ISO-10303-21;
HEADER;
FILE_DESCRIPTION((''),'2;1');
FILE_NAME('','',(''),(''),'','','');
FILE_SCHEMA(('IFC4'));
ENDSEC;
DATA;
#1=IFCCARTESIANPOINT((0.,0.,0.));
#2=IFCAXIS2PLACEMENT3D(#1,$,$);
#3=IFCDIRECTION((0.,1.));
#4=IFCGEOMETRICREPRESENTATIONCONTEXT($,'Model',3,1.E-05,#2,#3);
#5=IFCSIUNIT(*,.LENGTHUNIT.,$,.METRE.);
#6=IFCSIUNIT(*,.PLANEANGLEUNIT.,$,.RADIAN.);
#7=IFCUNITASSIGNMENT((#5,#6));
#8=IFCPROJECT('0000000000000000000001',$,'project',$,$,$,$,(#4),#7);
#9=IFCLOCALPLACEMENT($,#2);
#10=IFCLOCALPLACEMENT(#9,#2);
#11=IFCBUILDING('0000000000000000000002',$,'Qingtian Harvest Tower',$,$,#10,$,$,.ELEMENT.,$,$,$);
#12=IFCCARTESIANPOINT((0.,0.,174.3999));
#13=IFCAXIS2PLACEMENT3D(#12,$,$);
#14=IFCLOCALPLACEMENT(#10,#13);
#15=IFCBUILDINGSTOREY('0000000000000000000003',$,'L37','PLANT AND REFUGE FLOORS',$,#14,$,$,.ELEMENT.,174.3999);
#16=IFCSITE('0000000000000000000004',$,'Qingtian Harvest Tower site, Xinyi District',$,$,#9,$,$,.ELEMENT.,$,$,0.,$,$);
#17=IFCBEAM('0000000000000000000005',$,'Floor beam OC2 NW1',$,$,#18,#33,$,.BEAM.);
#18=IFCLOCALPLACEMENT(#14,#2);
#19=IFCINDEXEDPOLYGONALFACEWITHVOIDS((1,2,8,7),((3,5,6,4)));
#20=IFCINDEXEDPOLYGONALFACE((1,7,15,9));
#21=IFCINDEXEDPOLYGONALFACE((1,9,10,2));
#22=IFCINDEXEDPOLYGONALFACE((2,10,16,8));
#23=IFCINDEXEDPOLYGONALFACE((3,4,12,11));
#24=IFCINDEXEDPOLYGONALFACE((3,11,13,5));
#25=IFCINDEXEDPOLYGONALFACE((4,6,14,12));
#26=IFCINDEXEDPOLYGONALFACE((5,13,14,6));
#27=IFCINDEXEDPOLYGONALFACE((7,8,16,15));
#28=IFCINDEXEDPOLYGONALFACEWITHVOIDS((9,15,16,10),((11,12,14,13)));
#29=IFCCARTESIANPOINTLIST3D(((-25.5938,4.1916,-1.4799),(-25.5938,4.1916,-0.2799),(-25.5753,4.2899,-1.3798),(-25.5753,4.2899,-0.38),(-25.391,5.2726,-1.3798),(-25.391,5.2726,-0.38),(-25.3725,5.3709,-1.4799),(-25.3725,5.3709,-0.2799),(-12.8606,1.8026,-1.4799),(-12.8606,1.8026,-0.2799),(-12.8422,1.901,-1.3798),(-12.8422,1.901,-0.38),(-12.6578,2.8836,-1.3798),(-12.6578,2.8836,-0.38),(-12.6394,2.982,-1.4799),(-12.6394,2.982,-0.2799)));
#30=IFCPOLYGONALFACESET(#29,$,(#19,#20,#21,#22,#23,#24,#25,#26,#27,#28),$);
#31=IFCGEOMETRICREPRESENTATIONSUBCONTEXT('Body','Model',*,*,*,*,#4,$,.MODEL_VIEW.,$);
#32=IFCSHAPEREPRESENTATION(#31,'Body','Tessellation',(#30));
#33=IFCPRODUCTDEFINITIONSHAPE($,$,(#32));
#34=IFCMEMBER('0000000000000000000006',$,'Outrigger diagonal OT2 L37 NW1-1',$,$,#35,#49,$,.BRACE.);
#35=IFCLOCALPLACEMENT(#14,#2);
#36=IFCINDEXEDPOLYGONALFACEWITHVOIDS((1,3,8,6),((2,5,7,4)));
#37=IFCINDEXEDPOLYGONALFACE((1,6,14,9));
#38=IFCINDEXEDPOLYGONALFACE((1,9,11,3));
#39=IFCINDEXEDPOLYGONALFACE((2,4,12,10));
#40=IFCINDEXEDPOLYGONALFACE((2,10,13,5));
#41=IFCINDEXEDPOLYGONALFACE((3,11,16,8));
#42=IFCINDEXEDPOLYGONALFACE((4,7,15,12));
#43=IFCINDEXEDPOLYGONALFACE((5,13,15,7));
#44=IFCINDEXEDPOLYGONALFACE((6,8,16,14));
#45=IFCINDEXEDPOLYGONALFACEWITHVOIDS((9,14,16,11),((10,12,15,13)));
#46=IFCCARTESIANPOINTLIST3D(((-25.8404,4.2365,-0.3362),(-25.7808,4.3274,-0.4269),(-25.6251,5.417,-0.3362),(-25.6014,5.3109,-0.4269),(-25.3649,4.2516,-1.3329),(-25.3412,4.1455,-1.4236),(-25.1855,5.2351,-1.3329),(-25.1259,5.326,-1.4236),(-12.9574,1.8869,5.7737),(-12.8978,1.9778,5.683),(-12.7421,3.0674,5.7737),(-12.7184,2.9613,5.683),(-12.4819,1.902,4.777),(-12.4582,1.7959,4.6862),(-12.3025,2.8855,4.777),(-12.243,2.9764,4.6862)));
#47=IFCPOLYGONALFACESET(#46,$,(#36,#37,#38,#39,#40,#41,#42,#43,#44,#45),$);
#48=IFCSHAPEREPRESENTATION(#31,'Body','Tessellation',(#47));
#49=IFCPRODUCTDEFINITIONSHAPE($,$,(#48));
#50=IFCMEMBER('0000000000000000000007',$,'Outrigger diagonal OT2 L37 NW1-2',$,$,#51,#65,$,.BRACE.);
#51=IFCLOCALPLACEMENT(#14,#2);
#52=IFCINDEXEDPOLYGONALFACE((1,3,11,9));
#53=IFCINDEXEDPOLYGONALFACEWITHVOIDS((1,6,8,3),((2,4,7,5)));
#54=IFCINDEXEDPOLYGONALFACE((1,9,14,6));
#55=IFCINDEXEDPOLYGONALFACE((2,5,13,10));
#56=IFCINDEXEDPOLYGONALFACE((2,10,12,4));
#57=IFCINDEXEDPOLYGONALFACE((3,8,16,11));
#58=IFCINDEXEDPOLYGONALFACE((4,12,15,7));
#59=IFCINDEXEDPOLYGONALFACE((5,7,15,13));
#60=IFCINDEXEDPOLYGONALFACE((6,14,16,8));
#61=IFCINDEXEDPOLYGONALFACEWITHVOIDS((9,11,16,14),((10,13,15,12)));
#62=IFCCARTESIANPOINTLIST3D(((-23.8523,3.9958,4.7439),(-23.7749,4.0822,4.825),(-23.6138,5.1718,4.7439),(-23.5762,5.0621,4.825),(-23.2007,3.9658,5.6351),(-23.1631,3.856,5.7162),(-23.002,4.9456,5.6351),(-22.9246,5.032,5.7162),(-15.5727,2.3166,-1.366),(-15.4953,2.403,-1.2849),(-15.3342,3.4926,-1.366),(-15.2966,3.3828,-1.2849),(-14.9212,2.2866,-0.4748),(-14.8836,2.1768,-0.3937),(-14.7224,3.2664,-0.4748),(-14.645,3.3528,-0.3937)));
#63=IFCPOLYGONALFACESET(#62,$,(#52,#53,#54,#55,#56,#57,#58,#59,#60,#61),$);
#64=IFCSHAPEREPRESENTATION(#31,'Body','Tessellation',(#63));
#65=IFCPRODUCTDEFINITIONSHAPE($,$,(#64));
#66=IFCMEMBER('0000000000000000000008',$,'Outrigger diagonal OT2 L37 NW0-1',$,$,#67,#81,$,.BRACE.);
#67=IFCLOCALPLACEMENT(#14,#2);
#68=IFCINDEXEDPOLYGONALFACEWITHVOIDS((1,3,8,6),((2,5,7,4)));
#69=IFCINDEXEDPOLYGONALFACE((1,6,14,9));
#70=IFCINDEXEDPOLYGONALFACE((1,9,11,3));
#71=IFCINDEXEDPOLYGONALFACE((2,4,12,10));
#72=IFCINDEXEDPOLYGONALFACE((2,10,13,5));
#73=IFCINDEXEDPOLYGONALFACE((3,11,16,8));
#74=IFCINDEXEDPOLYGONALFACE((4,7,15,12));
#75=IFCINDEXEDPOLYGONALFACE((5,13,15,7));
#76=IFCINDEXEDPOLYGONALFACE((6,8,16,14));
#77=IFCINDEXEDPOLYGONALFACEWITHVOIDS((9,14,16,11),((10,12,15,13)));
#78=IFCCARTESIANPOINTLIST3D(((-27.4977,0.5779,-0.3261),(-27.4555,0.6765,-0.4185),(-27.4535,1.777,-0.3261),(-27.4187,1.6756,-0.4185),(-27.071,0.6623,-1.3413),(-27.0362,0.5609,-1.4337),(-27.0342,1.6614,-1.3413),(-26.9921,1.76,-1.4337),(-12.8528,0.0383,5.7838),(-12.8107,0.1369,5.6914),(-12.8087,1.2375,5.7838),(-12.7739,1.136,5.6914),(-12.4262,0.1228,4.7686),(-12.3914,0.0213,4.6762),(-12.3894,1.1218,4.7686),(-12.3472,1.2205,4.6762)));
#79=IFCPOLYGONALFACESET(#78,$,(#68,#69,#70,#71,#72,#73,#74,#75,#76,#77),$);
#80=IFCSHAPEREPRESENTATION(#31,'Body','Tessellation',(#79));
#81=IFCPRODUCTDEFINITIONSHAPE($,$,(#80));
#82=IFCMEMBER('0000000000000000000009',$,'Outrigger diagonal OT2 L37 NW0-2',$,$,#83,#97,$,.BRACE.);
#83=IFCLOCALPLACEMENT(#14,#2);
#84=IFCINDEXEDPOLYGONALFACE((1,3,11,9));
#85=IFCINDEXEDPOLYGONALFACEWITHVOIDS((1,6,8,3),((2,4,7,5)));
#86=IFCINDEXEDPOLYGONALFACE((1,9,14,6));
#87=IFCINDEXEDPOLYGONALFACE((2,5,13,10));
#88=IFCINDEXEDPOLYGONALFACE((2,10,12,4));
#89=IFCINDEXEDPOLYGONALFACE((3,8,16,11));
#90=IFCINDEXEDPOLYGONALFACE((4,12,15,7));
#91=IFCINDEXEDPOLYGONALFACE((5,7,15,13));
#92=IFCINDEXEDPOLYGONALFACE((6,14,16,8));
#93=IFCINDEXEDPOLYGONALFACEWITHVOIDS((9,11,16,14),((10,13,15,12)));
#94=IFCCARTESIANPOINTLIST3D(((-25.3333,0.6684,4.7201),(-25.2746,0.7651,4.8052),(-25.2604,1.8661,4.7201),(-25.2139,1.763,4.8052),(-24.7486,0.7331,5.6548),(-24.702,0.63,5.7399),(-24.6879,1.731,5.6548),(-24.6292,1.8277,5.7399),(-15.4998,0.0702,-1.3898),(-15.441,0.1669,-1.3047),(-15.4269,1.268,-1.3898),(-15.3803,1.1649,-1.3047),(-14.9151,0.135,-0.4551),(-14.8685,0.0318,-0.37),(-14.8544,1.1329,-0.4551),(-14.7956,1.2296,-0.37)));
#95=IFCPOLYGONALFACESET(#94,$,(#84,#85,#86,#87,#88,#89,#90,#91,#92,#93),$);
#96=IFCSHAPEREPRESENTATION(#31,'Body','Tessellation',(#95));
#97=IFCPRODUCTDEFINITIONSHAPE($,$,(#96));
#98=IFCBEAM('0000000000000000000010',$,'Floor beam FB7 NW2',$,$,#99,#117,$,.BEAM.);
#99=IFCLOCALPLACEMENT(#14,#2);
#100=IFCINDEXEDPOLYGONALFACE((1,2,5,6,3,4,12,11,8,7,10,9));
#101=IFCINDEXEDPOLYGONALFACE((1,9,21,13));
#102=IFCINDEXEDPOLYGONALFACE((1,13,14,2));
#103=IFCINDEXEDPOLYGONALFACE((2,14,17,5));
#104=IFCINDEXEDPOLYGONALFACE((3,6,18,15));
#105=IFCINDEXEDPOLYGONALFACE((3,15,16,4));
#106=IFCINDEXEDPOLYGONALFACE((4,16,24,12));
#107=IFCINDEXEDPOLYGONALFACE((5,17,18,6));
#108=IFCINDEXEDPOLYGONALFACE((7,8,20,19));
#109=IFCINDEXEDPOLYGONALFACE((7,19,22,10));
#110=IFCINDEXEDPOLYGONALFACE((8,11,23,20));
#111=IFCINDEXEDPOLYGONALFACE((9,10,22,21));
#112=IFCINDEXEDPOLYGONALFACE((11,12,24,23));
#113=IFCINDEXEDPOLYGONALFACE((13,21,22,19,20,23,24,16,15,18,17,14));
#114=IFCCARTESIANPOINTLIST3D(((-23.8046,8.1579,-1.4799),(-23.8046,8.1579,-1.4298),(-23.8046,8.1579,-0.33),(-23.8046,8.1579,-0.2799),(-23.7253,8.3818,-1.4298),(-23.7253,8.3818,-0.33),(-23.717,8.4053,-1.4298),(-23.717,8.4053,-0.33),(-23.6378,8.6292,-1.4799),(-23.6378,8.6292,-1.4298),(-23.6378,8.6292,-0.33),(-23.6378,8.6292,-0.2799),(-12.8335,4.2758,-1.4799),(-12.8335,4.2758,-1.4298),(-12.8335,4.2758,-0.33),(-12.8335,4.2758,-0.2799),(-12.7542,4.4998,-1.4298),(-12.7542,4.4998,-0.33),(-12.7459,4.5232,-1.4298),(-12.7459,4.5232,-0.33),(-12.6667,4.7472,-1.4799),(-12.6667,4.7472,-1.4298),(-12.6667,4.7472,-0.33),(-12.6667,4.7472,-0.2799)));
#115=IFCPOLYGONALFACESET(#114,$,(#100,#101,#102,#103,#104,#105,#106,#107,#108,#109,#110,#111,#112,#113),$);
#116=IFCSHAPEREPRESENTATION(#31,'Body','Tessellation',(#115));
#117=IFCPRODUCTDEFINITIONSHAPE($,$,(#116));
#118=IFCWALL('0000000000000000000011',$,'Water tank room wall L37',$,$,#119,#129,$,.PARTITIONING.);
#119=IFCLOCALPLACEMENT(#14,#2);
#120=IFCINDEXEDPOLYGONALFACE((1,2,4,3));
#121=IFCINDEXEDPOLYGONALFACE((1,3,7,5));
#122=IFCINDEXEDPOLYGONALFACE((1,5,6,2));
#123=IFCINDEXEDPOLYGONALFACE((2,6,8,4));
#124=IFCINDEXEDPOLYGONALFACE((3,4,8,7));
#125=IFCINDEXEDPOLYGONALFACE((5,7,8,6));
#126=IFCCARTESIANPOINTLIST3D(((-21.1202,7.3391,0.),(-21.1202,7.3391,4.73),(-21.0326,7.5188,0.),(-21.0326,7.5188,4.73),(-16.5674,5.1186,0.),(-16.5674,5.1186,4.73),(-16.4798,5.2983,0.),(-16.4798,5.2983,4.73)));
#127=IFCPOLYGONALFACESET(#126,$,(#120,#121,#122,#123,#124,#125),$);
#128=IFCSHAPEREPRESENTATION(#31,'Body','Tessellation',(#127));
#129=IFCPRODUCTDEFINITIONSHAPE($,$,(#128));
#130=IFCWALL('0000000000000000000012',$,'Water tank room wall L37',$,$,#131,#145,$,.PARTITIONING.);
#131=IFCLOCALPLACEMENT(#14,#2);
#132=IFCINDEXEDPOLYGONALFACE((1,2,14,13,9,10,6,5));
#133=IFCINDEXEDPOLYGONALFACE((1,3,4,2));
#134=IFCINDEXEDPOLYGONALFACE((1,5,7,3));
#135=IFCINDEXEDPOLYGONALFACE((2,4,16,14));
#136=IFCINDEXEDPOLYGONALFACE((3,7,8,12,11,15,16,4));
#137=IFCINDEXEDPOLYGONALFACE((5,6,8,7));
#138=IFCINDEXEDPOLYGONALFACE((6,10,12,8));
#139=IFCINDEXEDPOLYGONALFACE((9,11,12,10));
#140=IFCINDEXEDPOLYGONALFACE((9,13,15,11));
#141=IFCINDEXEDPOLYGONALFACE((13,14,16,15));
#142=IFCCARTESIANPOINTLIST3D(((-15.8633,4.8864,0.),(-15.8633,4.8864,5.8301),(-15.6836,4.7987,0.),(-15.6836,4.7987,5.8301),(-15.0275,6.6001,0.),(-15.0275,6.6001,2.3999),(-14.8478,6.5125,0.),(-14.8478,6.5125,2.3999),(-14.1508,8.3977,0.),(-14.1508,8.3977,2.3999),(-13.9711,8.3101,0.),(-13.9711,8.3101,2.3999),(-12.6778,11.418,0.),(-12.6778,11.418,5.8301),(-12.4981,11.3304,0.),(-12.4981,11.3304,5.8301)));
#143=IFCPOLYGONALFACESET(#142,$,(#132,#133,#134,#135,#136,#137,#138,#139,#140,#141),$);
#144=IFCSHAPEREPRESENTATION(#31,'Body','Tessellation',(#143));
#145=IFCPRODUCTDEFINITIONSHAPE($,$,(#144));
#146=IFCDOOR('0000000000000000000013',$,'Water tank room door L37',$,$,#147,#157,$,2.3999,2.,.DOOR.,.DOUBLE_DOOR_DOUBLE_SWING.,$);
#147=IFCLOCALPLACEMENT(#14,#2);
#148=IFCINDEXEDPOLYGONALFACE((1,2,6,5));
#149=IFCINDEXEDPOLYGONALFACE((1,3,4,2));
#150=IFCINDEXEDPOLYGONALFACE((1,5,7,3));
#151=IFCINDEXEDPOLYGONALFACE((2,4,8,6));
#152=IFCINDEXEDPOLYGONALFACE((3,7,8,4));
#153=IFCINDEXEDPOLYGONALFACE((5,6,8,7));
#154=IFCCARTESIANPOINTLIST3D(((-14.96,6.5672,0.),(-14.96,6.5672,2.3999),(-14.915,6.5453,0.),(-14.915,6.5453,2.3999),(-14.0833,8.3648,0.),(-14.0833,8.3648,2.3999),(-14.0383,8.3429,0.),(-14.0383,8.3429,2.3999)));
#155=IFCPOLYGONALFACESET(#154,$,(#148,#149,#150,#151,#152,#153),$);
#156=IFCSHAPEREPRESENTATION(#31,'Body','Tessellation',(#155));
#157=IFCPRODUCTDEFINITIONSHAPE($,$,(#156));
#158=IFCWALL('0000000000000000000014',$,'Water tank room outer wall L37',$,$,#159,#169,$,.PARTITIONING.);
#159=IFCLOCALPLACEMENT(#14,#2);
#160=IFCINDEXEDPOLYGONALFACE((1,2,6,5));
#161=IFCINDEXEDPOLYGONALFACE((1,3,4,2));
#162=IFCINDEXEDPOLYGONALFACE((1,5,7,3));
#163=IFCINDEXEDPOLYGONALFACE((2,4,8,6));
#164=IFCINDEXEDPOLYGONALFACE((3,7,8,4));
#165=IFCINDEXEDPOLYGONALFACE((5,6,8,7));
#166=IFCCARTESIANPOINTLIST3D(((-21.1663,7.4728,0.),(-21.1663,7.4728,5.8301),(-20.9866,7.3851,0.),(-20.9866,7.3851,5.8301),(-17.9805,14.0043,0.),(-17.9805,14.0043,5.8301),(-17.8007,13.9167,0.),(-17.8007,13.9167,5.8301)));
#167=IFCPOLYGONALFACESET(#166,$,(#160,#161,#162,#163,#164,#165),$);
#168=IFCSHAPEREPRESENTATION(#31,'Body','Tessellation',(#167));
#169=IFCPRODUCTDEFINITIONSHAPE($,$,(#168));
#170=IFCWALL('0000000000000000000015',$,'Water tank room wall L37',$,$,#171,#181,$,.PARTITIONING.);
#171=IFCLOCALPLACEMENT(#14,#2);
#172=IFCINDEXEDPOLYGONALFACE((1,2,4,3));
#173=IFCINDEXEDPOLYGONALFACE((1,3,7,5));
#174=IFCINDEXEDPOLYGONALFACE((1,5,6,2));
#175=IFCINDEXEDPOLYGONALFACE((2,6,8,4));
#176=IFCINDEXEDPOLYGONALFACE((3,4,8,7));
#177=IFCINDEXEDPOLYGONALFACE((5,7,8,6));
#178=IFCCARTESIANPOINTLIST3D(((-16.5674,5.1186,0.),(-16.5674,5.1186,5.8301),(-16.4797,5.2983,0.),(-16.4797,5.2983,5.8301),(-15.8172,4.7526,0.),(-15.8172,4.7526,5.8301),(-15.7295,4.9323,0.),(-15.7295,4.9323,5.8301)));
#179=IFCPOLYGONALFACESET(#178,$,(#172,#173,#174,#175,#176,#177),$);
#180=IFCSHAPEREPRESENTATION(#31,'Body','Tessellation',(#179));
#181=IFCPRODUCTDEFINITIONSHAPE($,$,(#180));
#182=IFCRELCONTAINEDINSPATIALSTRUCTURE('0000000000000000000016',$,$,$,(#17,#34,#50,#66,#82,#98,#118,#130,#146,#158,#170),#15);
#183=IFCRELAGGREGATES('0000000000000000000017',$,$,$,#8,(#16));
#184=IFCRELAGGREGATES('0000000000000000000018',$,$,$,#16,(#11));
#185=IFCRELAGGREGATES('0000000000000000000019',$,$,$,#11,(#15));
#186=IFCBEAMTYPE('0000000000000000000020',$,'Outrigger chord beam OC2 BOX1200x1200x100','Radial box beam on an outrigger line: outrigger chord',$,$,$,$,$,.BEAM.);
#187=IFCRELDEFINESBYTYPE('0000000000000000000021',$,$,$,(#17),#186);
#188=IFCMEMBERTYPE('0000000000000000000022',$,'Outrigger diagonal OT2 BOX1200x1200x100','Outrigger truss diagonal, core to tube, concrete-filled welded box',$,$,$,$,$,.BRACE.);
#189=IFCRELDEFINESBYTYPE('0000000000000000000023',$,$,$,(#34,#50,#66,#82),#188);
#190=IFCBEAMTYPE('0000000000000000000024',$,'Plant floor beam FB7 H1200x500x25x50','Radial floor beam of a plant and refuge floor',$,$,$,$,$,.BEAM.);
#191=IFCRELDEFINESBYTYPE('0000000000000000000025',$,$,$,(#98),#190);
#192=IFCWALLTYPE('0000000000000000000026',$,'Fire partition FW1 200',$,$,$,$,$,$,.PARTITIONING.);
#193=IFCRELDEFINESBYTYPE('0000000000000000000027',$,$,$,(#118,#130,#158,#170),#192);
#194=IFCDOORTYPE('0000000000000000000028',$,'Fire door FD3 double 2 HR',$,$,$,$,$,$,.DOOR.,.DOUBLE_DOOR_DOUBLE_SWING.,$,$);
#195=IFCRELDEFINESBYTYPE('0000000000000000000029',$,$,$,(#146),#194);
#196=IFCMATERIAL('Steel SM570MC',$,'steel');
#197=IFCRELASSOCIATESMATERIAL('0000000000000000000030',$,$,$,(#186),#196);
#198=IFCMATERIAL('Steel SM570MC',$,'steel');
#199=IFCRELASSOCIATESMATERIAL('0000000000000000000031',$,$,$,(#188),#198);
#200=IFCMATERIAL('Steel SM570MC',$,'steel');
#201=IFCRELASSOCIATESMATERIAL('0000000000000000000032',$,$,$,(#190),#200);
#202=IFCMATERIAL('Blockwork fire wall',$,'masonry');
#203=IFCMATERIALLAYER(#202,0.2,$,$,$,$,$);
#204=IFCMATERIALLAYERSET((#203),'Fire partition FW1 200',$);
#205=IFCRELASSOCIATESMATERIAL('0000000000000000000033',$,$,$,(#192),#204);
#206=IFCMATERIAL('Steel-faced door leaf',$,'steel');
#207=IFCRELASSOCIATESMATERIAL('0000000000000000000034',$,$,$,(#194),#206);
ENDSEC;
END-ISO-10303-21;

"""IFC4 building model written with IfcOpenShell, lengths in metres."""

from ifc_helpers import new_model, si_unit, direction, frame, frame_2d, origin, origin_2d, place, context, subcontext, project, spatial, rectangle, hollow_rectangle, i_section, extrude, material, layer, layer_set, material_profile, profile_set, type_object, element, fill, save


model = new_model("IFC4")

# Units and contexts
model_context = context("Model", 3, precision=1e-05, world=origin(), true_north=direction((0.0, 1.0)))
body_context = subcontext(model_context, "Body", "Model", "MODEL_VIEW")
ifc_project = project(units=[si_unit("LENGTHUNIT", "METRE"), si_unit("PLANEANGLEUNIT", "RADIAN")], contexts=[model_context])

# Site, building, storey
site_placement = place(None, origin())
site = spatial("IfcSite", under=ifc_project, at=site_placement, Name="Qingtian Harvest Tower site, Xinyi District", CompositionType="ELEMENT", RefElevation=0.0)
building_placement = place(site_placement, origin())
building = spatial("IfcBuilding", under=site, at=building_placement, Name="Qingtian Harvest Tower", CompositionType="ELEMENT")
storey_placement = place(building_placement, frame((0.0, 0.0, 174.3999)))
storey = spatial("IfcBuildingStorey", under=building, at=storey_placement, Name="L37", Description="PLANT AND REFUGE FLOORS", CompositionType="ELEMENT", Elevation=174.3999)

# Beam
ifc_material_1 = material(Name="Steel SM570MC", Category="steel")
ifc_material_profile_1 = material_profile(ifc_material_1, hollow_rectangle(XDim=1.2, YDim=1.2, WallThickness=0.1001, at=origin_2d()), Name="BOX1200x1200x100")
ifc_profile_set_1 = profile_set([ifc_material_profile_1], Name="Steel SM570MC")
beam_type_1 = type_object("IfcBeamType", Name="Outrigger chord beam OC2 BOX1200x1200x100", Description="Radial box beam on an outrigger line: outrigger chord", PredefinedType="BEAM", material=ifc_profile_set_1)
beam_1_placement = place(storey_placement, frame((-25.4832, 4.7812, -0.8799), z_axis=(0.982852, -0.184397, 0.0), x_axis=(0.184397, 0.982852, 0.0)))
element("IfcBeam", 1, at=beam_1_placement, inside=storey, type_object=beam_type_1, Name="Floor beam OC2 NW1", PredefinedType="BEAM", context=body_context, shape_type="SweptSolid", body=[
    extrude(hollow_rectangle(XDim=1.2, YDim=1.2, WallThickness=0.1001, at=origin_2d()), origin(), (0.0, 0.0, 1.0), 12.9553),
])

# Members
ifc_material_2 = material(Name="Steel SM570MC", Category="steel")
ifc_material_profile_2 = material_profile(ifc_material_2, hollow_rectangle(XDim=1.2, YDim=1.2, WallThickness=0.1001, at=origin_2d()), Name="BOX1200x1200x100")
ifc_profile_set_2 = profile_set([ifc_material_profile_2], Name="Steel SM570MC")
member_type_1 = type_object("IfcMemberType", Name="Outrigger diagonal OT2 BOX1200x1200x100", Description="Outrigger truss diagonal, core to tube, concrete-filled welded box", PredefinedType="BRACE", material=ifc_profile_set_2)
member_1_placement = place(storey_placement, frame((-25.4832, 4.7812, -0.8799), z_axis=(0.891515, -0.162594, 0.422806), x_axis=(0.17942, 0.983773, 0.0)))
element("IfcMember", 2, at=member_1_placement, inside=storey, type_object=member_type_1, Name="Outrigger diagonal OT2 L37 NW1-1", PredefinedType="BRACE", context=body_context, shape_type="SweptSolid", body=[
    extrude(hollow_rectangle(XDim=1.2, YDim=1.2, WallThickness=0.1001, at=origin_2d()), origin(), (0.0, 0.0, 1.0), 14.4507),
])
member_2_placement = place(storey_placement, frame((-15.1089, 2.8347, -0.8799), z_axis=(-0.794126, 0.161059, 0.586023), x_axis=(-0.198766, -0.980047, 0.0)))
element("IfcMember", 3, at=member_2_placement, inside=storey, type_object=member_type_1, Name="Outrigger diagonal OT2 L37 NW1-2", PredefinedType="BRACE", context=body_context, shape_type="SweptSolid", body=[
    extrude(hollow_rectangle(XDim=1.2, YDim=1.2, WallThickness=0.1001, at=origin_2d()), origin(), (0.0, 0.0, 1.0), 10.426),
])
member_3_placement = place(storey_placement, frame((-27.2449, 1.1689, -0.8799), z_axis=(0.922368, -0.033982, 0.384816), x_axis=(0.036818, 0.999322, 0.0)))
element("IfcMember", 4, at=member_3_placement, inside=storey, type_object=member_type_1, Name="Outrigger diagonal OT2 L37 NW0-1", PredefinedType="BRACE", context=body_context, shape_type="SweptSolid", body=[
    extrude(hollow_rectangle(XDim=1.2, YDim=1.2, WallThickness=0.1001, at=origin_2d()), origin(), (0.0, 0.0, 1.0), 15.8774),
])
member_4_placement = place(storey_placement, frame((-15.1477, 0.6499, -0.8799), z_axis=(-0.848264, 0.051598, 0.527054), x_axis=(-0.060715, -0.998155, 0.0)))
element("IfcMember", 5, at=member_4_placement, inside=storey, type_object=member_type_1, Name="Outrigger diagonal OT2 L37 NW0-2", PredefinedType="BRACE", context=body_context, shape_type="SweptSolid", body=[
    extrude(hollow_rectangle(XDim=1.2, YDim=1.2, WallThickness=0.1001, at=origin_2d()), origin(), (0.0, 0.0, 1.0), 11.5925),
])

# Beam
ifc_material_3 = material(Name="Steel SM570MC", Category="steel")
ifc_material_profile_3 = material_profile(ifc_material_3, i_section(OverallWidth=0.5, OverallDepth=1.2, WebThickness=0.0249, FlangeThickness=0.05, at=origin_2d()), Name="H1200x500x25x50")
ifc_profile_set_3 = profile_set([ifc_material_profile_3], Name="Steel SM570MC")
beam_type_2 = type_object("IfcBeamType", Name="Plant floor beam FB7 H1200x500x25x50", Description="Radial floor beam of a plant and refuge floor", PredefinedType="BEAM", material=ifc_profile_set_3)
beam_2_placement = place(storey_placement, frame((-23.7212, 8.3936, -0.8799), z_axis=(0.942723, -0.333576, 0.0), x_axis=(0.333576, 0.942723, 0.0)))
element("IfcBeam", 6, at=beam_2_placement, inside=storey, type_object=beam_type_2, Name="Floor beam FB7 NW2", PredefinedType="BEAM", context=body_context, shape_type="SweptSolid", body=[
    extrude(i_section(OverallWidth=0.5, OverallDepth=1.2, WebThickness=0.0249, FlangeThickness=0.05, at=origin_2d()), origin(), (0.0, 0.0, 1.0), 11.6377),
])

# Wall
ifc_material_4 = material(Name="Blockwork fire wall", Category="masonry")
ifc_layer_1 = layer(ifc_material_4, 0.2)
ifc_layer_set_1 = layer_set([ifc_layer_1], Name="Fire partition FW1 200")
wall_type = type_object("IfcWallType", Name="Fire partition FW1 200", PredefinedType="PARTITIONING", material=ifc_layer_set_1)
wall_1_placement = place(storey_placement, frame((-21.0764, 7.429, 0.0), z_axis=(0.0, 0.0, 1.0), x_axis=(0.898799, -0.438362, 0.0)))
element("IfcWall", 7, at=wall_1_placement, inside=storey, type_object=wall_type, Name="Water tank room wall L37", PredefinedType="PARTITIONING", context=body_context, shape_type="SweptSolid", body=[
    extrude(rectangle(XDim=5.0654, YDim=0.2, at=frame_2d((2.5327, 0.0))), origin(), (0.0, 0.0, 1.0), 4.73),
])

# Wall, opening, door
wall_2_placement = place(storey_placement, frame((-15.7734, 4.8425, 0.0), z_axis=(0.0, 0.0, 1.0), x_axis=(0.438349, 0.898805, 0.0)))
wall_2 = element("IfcWall", 8, at=wall_2_placement, inside=storey, type_object=wall_type, Name="Water tank room wall L37", PredefinedType="PARTITIONING", context=body_context, shape_type="SweptSolid", body=[
    extrude(rectangle(XDim=7.2671, YDim=0.2, at=frame_2d((3.6335, 0.0))), origin(), (0.0, 0.0, 1.0), 5.8301),
])
opening_placement = place(wall_2_placement, frame((1.9067, 0.0, 0.0)))
opening = element("IfcOpeningElement", 9, at=opening_placement, cuts=wall_2, PredefinedType="OPENING", context=body_context, shape_type="SweptSolid", body=[
    extrude(rectangle(XDim=2.0, YDim=2.3999, at=frame_2d((1.0, 1.2))), frame((0.0, 0.1099, 0.0), z_axis=(0.0, -1.0, 0.0), x_axis=(1.0, 0.0, 0.0)), (0.0, 0.0, 1.0), 0.22),
])
ifc_material_5 = material(Name="Steel-faced door leaf", Category="steel")
door_type = type_object("IfcDoorType", Name="Fire door FD3 double 2 HR", OperationType="DOUBLE_DOOR_DOUBLE_SWING", PredefinedType="DOOR", material=ifc_material_5)
door_placement = place(opening_placement, origin())
door = element("IfcDoor", 10, at=door_placement, inside=storey, type_object=door_type, Name="Water tank room door L37", OperationType="DOUBLE_DOOR_DOUBLE_SWING", OverallHeight=2.3999, OverallWidth=2.0, PredefinedType="DOOR", context=body_context, shape_type="SweptSolid", body=[
    extrude(rectangle(XDim=2.0, YDim=2.3999, at=frame_2d((1.0, 1.2))), frame((0.0, 0.0249, 0.0), z_axis=(0.0, -1.0, 0.0), x_axis=(1.0, 0.0, 0.0)), (0.0, 0.0, 1.0), 0.05),
])
fill(opening, door)

# Walls
wall_3_placement = place(storey_placement, frame((-21.0764, 7.429, 0.0), z_axis=(0.0, 0.0, 1.0), x_axis=(0.43839, 0.898785, 0.0)))
element("IfcWall", 11, at=wall_3_placement, inside=storey, type_object=wall_type, Name="Water tank room outer wall L37", PredefinedType="PARTITIONING", context=body_context, shape_type="SweptSolid", body=[
    extrude(rectangle(XDim=7.2671, YDim=0.2, at=frame_2d((3.6335, 0.0))), origin(), (0.0, 0.0, 1.0), 5.8301),
])
wall_4_placement = place(storey_placement, frame((-16.5237, 5.2085, 0.0), z_axis=(0.0, 0.0, 1.0), x_axis=(0.898771, -0.438418, 0.0)))
element("IfcWall", 12, at=wall_4_placement, inside=storey, type_object=wall_type, Name="Water tank room wall L37", PredefinedType="PARTITIONING", context=body_context, shape_type="SweptSolid", body=[
    extrude(rectangle(XDim=0.8347, YDim=0.2, at=frame_2d((0.4175, 0.0))), origin(), (0.0, 0.0, 1.0), 5.8301),
])

save(model, "model.ifc")
